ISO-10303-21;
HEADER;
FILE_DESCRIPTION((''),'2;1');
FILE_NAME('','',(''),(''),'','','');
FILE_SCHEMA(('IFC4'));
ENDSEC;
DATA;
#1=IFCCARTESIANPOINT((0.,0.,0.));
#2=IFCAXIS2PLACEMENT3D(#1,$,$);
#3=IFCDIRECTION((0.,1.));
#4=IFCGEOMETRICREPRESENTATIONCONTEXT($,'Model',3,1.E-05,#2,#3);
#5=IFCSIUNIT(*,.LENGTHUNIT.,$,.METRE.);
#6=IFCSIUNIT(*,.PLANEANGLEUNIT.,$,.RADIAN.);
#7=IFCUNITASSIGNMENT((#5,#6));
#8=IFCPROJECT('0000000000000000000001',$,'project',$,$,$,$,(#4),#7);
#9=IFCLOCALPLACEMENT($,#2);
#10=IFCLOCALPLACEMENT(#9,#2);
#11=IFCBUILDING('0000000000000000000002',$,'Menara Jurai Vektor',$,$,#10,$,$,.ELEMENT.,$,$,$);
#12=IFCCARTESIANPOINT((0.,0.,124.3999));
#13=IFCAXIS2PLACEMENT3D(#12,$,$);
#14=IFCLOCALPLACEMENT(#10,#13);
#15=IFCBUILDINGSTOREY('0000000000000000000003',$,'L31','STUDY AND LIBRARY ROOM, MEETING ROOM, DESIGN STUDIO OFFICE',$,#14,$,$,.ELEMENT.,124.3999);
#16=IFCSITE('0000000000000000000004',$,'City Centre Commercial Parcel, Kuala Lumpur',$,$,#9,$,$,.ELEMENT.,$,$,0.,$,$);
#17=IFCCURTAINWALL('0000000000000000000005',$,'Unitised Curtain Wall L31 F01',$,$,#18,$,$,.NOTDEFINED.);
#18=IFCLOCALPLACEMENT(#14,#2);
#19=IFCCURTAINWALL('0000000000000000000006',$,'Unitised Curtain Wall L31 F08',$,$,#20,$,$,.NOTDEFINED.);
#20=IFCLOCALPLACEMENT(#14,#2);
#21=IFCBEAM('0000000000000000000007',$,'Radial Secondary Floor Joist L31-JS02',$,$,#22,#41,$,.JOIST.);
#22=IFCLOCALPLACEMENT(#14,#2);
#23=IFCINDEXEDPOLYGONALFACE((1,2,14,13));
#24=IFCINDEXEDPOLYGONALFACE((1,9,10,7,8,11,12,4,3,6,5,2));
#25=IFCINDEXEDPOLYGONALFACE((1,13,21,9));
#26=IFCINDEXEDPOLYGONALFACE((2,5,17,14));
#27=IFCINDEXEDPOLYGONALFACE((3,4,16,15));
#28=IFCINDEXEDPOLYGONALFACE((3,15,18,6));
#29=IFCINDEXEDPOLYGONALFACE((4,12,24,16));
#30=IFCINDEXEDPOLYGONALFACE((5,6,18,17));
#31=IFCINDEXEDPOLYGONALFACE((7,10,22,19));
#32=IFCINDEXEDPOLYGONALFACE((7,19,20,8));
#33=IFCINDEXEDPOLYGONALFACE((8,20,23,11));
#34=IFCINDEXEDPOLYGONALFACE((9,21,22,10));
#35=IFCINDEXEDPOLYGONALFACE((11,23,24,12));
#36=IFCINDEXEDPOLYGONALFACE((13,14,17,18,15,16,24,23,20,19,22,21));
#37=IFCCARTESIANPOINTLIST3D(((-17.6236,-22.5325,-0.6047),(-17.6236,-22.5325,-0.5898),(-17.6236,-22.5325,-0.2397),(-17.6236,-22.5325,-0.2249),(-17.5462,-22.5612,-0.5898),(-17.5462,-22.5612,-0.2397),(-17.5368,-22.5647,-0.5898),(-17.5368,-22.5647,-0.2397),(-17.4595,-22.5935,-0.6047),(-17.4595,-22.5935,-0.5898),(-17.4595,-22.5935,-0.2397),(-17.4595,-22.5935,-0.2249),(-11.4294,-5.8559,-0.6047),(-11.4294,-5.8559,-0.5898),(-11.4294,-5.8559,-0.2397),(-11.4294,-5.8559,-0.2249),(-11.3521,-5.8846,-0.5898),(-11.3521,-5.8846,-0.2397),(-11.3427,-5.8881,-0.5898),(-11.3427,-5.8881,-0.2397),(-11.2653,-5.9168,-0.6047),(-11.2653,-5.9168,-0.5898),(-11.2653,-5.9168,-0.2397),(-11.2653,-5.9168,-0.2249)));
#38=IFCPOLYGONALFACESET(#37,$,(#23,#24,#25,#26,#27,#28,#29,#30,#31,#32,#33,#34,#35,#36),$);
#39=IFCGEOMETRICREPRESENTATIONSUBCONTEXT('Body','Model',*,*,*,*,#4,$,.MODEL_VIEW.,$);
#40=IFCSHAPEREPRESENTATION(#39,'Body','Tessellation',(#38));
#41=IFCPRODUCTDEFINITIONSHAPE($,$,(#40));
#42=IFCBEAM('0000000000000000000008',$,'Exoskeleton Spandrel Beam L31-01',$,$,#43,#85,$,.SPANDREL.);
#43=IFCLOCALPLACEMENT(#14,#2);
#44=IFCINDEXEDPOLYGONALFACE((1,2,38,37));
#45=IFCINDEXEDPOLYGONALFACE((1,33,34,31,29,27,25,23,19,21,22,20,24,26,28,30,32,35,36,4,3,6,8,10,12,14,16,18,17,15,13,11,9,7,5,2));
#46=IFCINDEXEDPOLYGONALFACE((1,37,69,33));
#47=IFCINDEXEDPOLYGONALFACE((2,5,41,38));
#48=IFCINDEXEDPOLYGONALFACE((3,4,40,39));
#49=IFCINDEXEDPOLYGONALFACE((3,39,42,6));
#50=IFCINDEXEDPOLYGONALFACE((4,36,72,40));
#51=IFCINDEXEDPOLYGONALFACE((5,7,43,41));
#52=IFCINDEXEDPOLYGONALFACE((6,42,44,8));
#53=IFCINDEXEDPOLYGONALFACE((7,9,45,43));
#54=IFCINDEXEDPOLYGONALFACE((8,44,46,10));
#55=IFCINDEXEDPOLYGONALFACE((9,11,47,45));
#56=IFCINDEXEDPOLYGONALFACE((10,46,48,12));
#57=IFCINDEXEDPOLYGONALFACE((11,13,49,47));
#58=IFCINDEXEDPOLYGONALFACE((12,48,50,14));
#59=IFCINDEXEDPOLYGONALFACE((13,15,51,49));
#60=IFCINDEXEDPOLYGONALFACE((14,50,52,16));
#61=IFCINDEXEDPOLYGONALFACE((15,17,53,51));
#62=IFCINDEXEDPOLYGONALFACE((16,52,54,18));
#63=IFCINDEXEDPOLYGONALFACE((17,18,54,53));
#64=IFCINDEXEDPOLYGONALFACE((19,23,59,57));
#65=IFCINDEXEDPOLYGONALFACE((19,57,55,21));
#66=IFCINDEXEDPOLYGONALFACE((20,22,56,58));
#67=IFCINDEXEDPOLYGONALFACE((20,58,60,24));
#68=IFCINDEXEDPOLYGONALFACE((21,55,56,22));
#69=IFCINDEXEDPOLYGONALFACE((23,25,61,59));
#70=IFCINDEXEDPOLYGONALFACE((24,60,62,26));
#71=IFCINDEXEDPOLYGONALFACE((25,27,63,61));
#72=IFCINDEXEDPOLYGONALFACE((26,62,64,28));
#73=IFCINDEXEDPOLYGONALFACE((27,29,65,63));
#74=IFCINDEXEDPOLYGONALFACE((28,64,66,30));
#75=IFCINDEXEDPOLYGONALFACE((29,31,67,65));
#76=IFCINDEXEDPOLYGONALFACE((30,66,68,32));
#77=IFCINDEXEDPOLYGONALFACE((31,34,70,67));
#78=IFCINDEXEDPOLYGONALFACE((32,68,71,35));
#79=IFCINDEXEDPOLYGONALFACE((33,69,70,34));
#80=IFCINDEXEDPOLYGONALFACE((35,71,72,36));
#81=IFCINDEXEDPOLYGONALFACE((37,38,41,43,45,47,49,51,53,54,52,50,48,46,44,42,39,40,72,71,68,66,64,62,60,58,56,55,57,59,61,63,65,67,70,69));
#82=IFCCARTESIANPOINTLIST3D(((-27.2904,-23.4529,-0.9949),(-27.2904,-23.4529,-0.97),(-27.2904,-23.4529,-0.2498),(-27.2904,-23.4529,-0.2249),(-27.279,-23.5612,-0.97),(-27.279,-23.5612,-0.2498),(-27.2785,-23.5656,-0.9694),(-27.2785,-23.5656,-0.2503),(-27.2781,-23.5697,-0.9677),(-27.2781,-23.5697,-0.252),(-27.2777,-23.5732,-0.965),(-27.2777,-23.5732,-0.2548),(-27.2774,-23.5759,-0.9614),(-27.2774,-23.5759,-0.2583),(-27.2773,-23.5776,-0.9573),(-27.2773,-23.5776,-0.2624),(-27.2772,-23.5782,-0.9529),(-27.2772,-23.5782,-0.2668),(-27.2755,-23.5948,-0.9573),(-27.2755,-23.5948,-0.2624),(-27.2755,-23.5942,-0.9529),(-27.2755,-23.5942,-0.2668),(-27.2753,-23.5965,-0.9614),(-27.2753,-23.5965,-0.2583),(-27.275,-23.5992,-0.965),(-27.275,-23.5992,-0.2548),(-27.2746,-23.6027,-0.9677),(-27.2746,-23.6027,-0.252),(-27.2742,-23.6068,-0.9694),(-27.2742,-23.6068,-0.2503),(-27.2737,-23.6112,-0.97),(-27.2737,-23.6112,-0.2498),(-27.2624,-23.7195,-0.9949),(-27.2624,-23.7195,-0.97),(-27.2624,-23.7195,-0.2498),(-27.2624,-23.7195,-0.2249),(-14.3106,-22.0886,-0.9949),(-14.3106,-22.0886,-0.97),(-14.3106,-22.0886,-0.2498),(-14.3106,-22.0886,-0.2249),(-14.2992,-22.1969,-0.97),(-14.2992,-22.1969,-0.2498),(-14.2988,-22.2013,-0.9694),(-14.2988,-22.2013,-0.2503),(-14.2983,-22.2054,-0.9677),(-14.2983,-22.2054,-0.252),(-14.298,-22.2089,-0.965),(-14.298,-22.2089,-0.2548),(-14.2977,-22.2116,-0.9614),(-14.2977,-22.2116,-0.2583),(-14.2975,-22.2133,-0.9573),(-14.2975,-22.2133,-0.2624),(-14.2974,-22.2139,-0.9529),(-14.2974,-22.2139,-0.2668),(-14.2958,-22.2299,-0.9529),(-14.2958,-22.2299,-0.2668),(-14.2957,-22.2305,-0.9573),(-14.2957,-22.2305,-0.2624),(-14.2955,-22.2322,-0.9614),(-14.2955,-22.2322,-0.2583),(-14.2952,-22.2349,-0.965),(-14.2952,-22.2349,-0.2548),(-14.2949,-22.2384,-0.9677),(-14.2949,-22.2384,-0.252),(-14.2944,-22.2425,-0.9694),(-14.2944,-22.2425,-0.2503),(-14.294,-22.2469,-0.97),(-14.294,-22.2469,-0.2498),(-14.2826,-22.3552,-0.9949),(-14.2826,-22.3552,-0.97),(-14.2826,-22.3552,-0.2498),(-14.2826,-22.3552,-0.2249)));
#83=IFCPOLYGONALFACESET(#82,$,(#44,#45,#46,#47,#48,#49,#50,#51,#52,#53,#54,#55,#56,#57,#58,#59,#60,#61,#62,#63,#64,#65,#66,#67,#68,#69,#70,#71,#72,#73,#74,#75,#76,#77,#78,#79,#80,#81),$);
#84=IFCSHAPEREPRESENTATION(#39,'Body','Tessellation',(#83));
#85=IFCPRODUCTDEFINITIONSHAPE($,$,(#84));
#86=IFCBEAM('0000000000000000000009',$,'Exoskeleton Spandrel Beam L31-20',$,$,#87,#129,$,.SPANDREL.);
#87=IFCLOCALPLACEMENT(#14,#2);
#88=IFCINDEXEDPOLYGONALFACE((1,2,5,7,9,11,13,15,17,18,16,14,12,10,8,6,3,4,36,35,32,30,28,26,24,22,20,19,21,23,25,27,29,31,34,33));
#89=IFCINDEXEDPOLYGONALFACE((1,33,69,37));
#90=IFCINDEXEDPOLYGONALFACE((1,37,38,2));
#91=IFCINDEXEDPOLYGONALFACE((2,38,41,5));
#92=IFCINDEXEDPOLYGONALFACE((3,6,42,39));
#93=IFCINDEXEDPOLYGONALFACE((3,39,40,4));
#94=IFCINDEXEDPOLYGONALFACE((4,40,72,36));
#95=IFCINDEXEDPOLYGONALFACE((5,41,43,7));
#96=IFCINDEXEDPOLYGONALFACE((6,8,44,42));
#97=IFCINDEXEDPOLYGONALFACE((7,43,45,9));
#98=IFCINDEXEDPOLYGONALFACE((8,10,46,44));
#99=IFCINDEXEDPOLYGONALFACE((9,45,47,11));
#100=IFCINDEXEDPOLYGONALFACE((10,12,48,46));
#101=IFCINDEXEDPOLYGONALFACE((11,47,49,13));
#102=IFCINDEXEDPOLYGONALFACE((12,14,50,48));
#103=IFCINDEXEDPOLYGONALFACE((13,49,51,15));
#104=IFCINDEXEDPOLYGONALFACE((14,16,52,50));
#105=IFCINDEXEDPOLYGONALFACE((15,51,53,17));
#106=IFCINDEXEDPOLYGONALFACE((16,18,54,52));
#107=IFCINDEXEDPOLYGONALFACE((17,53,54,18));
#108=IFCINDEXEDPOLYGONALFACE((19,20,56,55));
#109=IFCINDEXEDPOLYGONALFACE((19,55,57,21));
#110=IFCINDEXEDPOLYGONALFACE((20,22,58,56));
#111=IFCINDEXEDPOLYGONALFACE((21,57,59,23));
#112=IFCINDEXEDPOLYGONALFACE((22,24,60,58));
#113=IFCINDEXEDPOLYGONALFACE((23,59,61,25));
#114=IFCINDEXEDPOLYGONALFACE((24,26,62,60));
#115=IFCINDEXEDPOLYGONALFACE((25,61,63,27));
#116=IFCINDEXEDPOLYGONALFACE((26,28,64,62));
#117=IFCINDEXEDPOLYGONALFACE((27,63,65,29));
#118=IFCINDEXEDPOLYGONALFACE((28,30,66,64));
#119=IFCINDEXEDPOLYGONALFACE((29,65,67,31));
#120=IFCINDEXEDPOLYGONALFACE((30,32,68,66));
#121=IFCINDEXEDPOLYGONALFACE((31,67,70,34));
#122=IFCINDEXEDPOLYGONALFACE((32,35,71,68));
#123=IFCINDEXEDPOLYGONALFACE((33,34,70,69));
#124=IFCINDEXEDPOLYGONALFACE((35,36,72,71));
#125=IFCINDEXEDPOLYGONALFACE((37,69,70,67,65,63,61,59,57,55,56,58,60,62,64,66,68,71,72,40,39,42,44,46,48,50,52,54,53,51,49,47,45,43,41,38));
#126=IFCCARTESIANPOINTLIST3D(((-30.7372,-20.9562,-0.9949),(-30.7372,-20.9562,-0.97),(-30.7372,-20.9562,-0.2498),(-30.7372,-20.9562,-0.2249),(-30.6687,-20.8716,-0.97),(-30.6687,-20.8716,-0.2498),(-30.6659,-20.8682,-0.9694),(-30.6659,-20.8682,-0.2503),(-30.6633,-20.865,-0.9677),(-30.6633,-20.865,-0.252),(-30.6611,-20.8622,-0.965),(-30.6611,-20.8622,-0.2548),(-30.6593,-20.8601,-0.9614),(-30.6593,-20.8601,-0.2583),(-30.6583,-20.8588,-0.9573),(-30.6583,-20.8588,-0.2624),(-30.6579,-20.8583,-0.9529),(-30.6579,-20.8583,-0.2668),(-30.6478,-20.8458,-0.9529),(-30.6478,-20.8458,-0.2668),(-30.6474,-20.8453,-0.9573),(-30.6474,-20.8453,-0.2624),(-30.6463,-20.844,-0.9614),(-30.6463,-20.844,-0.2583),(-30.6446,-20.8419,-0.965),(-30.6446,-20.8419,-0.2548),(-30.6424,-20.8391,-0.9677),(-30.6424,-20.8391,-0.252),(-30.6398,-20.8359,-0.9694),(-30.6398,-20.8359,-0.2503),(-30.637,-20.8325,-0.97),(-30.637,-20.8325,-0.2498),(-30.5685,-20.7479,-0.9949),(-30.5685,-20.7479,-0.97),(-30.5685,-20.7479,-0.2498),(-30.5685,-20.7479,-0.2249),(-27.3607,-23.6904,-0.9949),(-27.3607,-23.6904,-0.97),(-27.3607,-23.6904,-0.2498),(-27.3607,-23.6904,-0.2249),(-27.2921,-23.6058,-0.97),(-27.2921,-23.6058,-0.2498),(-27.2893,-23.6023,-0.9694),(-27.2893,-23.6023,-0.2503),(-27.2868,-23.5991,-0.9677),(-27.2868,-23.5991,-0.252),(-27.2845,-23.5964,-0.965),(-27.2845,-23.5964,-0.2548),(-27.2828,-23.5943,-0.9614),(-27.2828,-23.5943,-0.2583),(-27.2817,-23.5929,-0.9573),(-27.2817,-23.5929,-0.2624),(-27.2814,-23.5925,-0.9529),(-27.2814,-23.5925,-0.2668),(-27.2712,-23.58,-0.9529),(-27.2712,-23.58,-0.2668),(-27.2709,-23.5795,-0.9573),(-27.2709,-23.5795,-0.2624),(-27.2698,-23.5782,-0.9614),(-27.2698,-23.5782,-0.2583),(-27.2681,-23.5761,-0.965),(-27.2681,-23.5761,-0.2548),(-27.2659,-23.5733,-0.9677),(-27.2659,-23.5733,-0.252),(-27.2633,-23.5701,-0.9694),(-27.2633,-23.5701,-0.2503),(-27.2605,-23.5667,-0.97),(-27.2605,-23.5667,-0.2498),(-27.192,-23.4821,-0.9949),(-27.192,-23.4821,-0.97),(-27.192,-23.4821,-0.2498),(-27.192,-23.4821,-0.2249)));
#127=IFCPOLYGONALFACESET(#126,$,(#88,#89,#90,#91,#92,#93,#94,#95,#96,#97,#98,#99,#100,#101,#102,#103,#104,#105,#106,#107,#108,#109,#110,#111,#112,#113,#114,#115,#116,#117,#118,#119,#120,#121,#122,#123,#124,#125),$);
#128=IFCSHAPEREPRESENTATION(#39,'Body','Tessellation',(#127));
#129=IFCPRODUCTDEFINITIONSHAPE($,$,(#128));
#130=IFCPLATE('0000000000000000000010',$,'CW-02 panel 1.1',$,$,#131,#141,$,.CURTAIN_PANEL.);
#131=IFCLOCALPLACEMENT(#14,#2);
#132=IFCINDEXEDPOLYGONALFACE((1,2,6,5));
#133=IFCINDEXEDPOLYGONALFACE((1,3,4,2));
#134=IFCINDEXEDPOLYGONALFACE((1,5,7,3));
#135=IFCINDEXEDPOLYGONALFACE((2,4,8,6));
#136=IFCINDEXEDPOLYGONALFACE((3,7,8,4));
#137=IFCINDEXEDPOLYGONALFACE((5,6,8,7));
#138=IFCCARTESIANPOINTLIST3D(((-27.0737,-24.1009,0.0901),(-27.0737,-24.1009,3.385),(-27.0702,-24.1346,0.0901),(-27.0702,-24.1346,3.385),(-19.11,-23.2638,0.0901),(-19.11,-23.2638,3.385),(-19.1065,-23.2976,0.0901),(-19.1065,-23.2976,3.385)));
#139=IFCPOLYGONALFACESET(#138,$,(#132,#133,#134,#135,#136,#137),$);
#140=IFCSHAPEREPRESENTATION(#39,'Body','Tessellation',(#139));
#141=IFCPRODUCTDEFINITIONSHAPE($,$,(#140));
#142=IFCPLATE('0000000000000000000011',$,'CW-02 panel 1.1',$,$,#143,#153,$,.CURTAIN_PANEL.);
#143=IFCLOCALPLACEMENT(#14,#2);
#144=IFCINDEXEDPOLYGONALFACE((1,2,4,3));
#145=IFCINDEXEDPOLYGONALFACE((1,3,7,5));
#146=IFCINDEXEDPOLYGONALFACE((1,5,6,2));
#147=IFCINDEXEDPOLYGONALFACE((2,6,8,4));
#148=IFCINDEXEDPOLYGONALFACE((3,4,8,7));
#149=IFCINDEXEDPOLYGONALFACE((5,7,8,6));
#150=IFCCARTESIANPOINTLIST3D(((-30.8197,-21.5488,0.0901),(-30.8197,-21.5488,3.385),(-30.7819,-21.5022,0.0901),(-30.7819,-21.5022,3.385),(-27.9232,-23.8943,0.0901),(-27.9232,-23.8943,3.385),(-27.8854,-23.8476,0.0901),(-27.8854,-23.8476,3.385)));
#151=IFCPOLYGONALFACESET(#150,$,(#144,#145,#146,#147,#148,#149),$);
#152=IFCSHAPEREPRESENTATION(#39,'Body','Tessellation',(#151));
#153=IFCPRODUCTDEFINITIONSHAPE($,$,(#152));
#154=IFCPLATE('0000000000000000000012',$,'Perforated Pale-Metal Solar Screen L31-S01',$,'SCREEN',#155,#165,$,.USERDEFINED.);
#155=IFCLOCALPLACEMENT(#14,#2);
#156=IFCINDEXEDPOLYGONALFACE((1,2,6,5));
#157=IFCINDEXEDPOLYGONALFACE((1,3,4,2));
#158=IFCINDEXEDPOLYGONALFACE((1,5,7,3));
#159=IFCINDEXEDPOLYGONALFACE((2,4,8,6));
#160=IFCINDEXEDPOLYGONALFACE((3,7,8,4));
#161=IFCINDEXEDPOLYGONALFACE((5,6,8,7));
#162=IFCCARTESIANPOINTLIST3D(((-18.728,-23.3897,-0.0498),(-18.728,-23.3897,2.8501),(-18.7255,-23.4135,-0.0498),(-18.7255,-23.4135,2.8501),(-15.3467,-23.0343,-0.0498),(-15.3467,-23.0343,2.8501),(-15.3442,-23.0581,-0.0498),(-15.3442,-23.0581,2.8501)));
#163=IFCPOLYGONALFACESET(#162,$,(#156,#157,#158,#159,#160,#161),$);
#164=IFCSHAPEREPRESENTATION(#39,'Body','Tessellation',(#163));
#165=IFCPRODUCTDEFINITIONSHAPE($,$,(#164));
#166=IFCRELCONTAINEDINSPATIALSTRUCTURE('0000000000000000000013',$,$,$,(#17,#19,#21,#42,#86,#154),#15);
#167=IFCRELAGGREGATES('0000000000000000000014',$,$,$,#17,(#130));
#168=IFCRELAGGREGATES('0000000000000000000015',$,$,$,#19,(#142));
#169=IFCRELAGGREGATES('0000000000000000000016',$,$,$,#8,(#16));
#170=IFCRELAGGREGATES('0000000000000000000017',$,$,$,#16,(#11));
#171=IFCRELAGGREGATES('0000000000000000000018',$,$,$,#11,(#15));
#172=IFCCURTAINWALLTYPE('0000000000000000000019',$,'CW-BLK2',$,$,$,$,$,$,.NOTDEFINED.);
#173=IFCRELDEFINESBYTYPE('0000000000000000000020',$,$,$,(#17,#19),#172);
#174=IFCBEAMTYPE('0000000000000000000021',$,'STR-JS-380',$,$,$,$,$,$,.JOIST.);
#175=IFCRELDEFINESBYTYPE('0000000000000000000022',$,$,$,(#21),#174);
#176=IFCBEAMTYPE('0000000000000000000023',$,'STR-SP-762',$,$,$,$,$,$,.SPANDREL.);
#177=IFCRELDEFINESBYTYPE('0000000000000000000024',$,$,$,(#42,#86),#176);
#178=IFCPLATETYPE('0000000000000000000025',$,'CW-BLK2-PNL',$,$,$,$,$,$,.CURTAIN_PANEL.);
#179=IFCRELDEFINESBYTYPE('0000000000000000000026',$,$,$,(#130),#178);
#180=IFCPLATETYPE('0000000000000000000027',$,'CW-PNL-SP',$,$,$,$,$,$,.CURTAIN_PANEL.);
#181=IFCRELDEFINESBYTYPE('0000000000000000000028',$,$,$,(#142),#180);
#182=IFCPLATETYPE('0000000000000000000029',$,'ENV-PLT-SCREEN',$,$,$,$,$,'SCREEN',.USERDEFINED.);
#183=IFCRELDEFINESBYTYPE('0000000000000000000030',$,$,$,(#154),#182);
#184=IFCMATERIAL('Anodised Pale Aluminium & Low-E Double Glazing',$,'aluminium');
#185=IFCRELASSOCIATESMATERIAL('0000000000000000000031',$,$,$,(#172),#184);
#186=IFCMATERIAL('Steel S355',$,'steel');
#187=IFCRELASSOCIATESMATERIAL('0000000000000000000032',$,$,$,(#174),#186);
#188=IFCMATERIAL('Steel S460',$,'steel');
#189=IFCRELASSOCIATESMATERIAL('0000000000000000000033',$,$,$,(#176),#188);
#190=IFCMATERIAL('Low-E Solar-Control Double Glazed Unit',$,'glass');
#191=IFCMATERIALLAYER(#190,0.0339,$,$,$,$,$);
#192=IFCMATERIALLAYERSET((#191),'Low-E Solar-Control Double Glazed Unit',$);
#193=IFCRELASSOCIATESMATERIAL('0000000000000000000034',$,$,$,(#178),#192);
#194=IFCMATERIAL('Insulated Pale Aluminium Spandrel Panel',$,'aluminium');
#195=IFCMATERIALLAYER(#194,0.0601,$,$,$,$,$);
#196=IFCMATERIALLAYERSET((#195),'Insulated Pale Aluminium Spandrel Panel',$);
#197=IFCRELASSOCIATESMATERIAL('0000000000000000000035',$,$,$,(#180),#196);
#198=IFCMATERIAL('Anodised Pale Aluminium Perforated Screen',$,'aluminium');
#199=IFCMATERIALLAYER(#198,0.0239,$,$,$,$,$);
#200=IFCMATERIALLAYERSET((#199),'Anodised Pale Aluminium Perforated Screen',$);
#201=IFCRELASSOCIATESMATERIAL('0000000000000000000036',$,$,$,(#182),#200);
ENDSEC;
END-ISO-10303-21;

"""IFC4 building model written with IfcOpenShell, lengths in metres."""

from ifc_helpers import new_model, si_unit, direction, frame, origin, origin_2d, place, context, subcontext, project, spatial, rectangle, i_section, extrude, material, layer, layer_set, material_profile, profile_set, type_object, element, aggregate, save


model = new_model("IFC4")

# Units and contexts
model_context = context("Model", 3, precision=1e-05, world=origin(), true_north=direction((0.0, 1.0)))
body_context = subcontext(model_context, "Body", "Model", "MODEL_VIEW")
ifc_project = project(units=[si_unit("LENGTHUNIT", "METRE"), si_unit("PLANEANGLEUNIT", "RADIAN")], contexts=[model_context])

# Site, building, storey
site_placement = place(None, origin())
site = spatial("IfcSite", under=ifc_project, at=site_placement, Name="City Centre Commercial Parcel, Kuala Lumpur", CompositionType="ELEMENT", RefElevation=0.0)
building_placement = place(site_placement, origin())
building = spatial("IfcBuilding", under=site, at=building_placement, Name="Menara Jurai Vektor", CompositionType="ELEMENT")
storey_placement = place(building_placement, frame((0.0, 0.0, 124.3999)))
storey = spatial("IfcBuildingStorey", under=building, at=storey_placement, Name="L31", Description="STUDY AND LIBRARY ROOM, MEETING ROOM, DESIGN STUDIO OFFICE", CompositionType="ELEMENT", Elevation=124.3999)

# Shared definitions
ifc_material_1 = material(Name="Steel S460", Category="steel")

# Curtain walls
ifc_material_2 = material(Name="Anodised Pale Aluminium & Low-E Double Glazing", Category="aluminium")
curtain_wall_type = type_object("IfcCurtainWallType", Name="CW-BLK2", PredefinedType="NOTDEFINED", material=ifc_material_2)
curtain_wall_1_placement = place(storey_placement, origin())
curtain_wall_1 = element("IfcCurtainWall", 1, at=curtain_wall_1_placement, inside=storey, type_object=curtain_wall_type, Name="Unitised Curtain Wall L31 F01", PredefinedType="NOTDEFINED")
curtain_wall_2_placement = place(storey_placement, origin())
curtain_wall_2 = element("IfcCurtainWall", 2, at=curtain_wall_2_placement, inside=storey, type_object=curtain_wall_type, Name="Unitised Curtain Wall L31 F08", PredefinedType="NOTDEFINED")

# Shared definitions
ifc_material_3 = material(Name="Steel S355", Category="steel")

# Beams
ifc_material_profile_1 = material_profile(ifc_material_3, i_section(OverallWidth=0.175, OverallDepth=0.3799, WebThickness=0.01, FlangeThickness=0.0149, at=origin_2d()), Name="PG 380x175x58")
ifc_profile_set_1 = profile_set([ifc_material_profile_1], Name="Steel S355")
beam_type_1 = type_object("IfcBeamType", Name="STR-JS-380", PredefinedType="JOIST", material=ifc_profile_set_1)
beam_1_placement = place(storey_placement, frame((-17.5415, -22.563, -0.4148), z_axis=(0.348184, 0.937426, 0.0), x_axis=(-0.937426, 0.348184, 0.0)))
element("IfcBeam", 3, at=beam_1_placement, inside=storey, type_object=beam_type_1, Name="Radial Secondary Floor Joist L31-JS02", PredefinedType="JOIST", context=body_context, shape_type="SweptSolid", body=[
    extrude(i_section(OverallWidth=0.175, OverallDepth=0.3799, WebThickness=0.01, FlangeThickness=0.0149, at=origin_2d()), origin(), (0.0, 0.0, 1.0), 17.7898),
])
ifc_material_profile_2 = material_profile(ifc_material_1, i_section(OverallWidth=0.2681, OverallDepth=0.77, WebThickness=0.0161, FlangeThickness=0.0249, FilletRadius=0.0171, at=origin_2d()), Name="UKB 762x267x197")
ifc_profile_set_2 = profile_set([ifc_material_profile_2], Name="Steel S460")
beam_type_2 = type_object("IfcBeamType", Name="STR-SP-762", PredefinedType="SPANDREL", material=ifc_profile_set_2)
beam_2_placement = place(storey_placement, frame((-27.2764, -23.5862, -0.6099), z_axis=(0.994522, 0.104531, 0.0), x_axis=(-0.104531, 0.994522, 0.0)))
element("IfcBeam", 4, at=beam_2_placement, inside=storey, type_object=beam_type_2, Name="Exoskeleton Spandrel Beam L31-01", PredefinedType="SPANDREL", context=body_context, shape_type="SweptSolid", body=[
    extrude(i_section(OverallWidth=0.2681, OverallDepth=0.77, WebThickness=0.0161, FlangeThickness=0.0249, FilletRadius=0.0171, at=origin_2d()), origin(), (0.0, 0.0, 1.0), 13.0513),
])
beam_3_placement = place(storey_placement, frame((-30.6528, -20.8521, -0.6099), z_axis=(0.777155, -0.62931, 0.0), x_axis=(0.62931, 0.777155, 0.0)))
element("IfcBeam", 5, at=beam_3_placement, inside=storey, type_object=beam_type_2, Name="Exoskeleton Spandrel Beam L31-20", PredefinedType="SPANDREL", context=body_context, shape_type="SweptSolid", body=[
    extrude(i_section(OverallWidth=0.2681, OverallDepth=0.77, WebThickness=0.0161, FlangeThickness=0.0249, FilletRadius=0.0171, at=origin_2d()), origin(), (0.0, 0.0, 1.0), 4.3447),
])

# Plates
ifc_material_4 = material(Name="Low-E Solar-Control Double Glazed Unit", Category="glass")
ifc_layer_1 = layer(ifc_material_4, 0.0339)
ifc_layer_set_1 = layer_set([ifc_layer_1], Name="Low-E Solar-Control Double Glazed Unit")
plate_type_1 = type_object("IfcPlateType", Name="CW-BLK2-PNL", PredefinedType="CURTAIN_PANEL", material=ifc_layer_set_1)
plate_1_placement = place(storey_placement, frame((-23.0901, -23.6992, 0.0901), z_axis=(0.0, 0.0, 1.0), x_axis=(0.994522, 0.104529, 0.0)))
plate_1 = element("IfcPlate", 6, at=plate_1_placement, type_object=plate_type_1, Name="CW-02 panel 1.1", PredefinedType="CURTAIN_PANEL", context=body_context, shape_type="SweptSolid", body=[
    extrude(rectangle(XDim=8.0076, YDim=0.0339, at=origin_2d()), origin(), (0.0, 0.0, 1.0), 3.2949),
])
aggregate(curtain_wall_1, [plate_1])
ifc_material_5 = material(Name="Insulated Pale Aluminium Spandrel Panel", Category="aluminium")
ifc_layer_2 = layer(ifc_material_5, 0.0601)
ifc_layer_set_2 = layer_set([ifc_layer_2], Name="Insulated Pale Aluminium Spandrel Panel")
plate_type_2 = type_object("IfcPlateType", Name="CW-PNL-SP", PredefinedType="CURTAIN_PANEL", material=ifc_layer_set_2)
plate_2_placement = place(storey_placement, frame((-29.3525, -22.6982, 0.0901), z_axis=(0.0, 0.0, 1.0), x_axis=(0.777152, -0.629313, 0.0)))
plate_2 = element("IfcPlate", 7, at=plate_2_placement, type_object=plate_type_2, Name="CW-02 panel 1.1", PredefinedType="CURTAIN_PANEL", context=body_context, shape_type="SweptSolid", body=[
    extrude(rectangle(XDim=3.7271, YDim=0.0601, at=origin_2d()), origin(), (0.0, 0.0, 1.0), 3.2949),
])
aggregate(curtain_wall_2, [plate_2])
ifc_material_6 = material(Name="Anodised Pale Aluminium Perforated Screen", Category="aluminium")
ifc_layer_3 = layer(ifc_material_6, 0.0239)
ifc_layer_set_3 = layer_set([ifc_layer_3], Name="Anodised Pale Aluminium Perforated Screen")
plate_type_3 = type_object("IfcPlateType", Name="ENV-PLT-SCREEN", ElementType="SCREEN", PredefinedType="USERDEFINED", material=ifc_layer_set_3)
plate_3_placement = place(storey_placement, frame((-17.0361, -23.2239, -0.0498), z_axis=(0.0, 0.0, 1.0), x_axis=(0.994522, 0.104528, 0.0)))
element("IfcPlate", 8, at=plate_3_placement, inside=storey, type_object=plate_type_3, Name="Perforated Pale-Metal Solar Screen L31-S01", ObjectType="SCREEN", PredefinedType="USERDEFINED", context=body_context, shape_type="SweptSolid", body=[
    extrude(rectangle(XDim=3.3999, YDim=0.0239, at=origin_2d()), origin(), (0.0, 0.0, 1.0), 2.8999),
])

save(model, "model.ifc")
